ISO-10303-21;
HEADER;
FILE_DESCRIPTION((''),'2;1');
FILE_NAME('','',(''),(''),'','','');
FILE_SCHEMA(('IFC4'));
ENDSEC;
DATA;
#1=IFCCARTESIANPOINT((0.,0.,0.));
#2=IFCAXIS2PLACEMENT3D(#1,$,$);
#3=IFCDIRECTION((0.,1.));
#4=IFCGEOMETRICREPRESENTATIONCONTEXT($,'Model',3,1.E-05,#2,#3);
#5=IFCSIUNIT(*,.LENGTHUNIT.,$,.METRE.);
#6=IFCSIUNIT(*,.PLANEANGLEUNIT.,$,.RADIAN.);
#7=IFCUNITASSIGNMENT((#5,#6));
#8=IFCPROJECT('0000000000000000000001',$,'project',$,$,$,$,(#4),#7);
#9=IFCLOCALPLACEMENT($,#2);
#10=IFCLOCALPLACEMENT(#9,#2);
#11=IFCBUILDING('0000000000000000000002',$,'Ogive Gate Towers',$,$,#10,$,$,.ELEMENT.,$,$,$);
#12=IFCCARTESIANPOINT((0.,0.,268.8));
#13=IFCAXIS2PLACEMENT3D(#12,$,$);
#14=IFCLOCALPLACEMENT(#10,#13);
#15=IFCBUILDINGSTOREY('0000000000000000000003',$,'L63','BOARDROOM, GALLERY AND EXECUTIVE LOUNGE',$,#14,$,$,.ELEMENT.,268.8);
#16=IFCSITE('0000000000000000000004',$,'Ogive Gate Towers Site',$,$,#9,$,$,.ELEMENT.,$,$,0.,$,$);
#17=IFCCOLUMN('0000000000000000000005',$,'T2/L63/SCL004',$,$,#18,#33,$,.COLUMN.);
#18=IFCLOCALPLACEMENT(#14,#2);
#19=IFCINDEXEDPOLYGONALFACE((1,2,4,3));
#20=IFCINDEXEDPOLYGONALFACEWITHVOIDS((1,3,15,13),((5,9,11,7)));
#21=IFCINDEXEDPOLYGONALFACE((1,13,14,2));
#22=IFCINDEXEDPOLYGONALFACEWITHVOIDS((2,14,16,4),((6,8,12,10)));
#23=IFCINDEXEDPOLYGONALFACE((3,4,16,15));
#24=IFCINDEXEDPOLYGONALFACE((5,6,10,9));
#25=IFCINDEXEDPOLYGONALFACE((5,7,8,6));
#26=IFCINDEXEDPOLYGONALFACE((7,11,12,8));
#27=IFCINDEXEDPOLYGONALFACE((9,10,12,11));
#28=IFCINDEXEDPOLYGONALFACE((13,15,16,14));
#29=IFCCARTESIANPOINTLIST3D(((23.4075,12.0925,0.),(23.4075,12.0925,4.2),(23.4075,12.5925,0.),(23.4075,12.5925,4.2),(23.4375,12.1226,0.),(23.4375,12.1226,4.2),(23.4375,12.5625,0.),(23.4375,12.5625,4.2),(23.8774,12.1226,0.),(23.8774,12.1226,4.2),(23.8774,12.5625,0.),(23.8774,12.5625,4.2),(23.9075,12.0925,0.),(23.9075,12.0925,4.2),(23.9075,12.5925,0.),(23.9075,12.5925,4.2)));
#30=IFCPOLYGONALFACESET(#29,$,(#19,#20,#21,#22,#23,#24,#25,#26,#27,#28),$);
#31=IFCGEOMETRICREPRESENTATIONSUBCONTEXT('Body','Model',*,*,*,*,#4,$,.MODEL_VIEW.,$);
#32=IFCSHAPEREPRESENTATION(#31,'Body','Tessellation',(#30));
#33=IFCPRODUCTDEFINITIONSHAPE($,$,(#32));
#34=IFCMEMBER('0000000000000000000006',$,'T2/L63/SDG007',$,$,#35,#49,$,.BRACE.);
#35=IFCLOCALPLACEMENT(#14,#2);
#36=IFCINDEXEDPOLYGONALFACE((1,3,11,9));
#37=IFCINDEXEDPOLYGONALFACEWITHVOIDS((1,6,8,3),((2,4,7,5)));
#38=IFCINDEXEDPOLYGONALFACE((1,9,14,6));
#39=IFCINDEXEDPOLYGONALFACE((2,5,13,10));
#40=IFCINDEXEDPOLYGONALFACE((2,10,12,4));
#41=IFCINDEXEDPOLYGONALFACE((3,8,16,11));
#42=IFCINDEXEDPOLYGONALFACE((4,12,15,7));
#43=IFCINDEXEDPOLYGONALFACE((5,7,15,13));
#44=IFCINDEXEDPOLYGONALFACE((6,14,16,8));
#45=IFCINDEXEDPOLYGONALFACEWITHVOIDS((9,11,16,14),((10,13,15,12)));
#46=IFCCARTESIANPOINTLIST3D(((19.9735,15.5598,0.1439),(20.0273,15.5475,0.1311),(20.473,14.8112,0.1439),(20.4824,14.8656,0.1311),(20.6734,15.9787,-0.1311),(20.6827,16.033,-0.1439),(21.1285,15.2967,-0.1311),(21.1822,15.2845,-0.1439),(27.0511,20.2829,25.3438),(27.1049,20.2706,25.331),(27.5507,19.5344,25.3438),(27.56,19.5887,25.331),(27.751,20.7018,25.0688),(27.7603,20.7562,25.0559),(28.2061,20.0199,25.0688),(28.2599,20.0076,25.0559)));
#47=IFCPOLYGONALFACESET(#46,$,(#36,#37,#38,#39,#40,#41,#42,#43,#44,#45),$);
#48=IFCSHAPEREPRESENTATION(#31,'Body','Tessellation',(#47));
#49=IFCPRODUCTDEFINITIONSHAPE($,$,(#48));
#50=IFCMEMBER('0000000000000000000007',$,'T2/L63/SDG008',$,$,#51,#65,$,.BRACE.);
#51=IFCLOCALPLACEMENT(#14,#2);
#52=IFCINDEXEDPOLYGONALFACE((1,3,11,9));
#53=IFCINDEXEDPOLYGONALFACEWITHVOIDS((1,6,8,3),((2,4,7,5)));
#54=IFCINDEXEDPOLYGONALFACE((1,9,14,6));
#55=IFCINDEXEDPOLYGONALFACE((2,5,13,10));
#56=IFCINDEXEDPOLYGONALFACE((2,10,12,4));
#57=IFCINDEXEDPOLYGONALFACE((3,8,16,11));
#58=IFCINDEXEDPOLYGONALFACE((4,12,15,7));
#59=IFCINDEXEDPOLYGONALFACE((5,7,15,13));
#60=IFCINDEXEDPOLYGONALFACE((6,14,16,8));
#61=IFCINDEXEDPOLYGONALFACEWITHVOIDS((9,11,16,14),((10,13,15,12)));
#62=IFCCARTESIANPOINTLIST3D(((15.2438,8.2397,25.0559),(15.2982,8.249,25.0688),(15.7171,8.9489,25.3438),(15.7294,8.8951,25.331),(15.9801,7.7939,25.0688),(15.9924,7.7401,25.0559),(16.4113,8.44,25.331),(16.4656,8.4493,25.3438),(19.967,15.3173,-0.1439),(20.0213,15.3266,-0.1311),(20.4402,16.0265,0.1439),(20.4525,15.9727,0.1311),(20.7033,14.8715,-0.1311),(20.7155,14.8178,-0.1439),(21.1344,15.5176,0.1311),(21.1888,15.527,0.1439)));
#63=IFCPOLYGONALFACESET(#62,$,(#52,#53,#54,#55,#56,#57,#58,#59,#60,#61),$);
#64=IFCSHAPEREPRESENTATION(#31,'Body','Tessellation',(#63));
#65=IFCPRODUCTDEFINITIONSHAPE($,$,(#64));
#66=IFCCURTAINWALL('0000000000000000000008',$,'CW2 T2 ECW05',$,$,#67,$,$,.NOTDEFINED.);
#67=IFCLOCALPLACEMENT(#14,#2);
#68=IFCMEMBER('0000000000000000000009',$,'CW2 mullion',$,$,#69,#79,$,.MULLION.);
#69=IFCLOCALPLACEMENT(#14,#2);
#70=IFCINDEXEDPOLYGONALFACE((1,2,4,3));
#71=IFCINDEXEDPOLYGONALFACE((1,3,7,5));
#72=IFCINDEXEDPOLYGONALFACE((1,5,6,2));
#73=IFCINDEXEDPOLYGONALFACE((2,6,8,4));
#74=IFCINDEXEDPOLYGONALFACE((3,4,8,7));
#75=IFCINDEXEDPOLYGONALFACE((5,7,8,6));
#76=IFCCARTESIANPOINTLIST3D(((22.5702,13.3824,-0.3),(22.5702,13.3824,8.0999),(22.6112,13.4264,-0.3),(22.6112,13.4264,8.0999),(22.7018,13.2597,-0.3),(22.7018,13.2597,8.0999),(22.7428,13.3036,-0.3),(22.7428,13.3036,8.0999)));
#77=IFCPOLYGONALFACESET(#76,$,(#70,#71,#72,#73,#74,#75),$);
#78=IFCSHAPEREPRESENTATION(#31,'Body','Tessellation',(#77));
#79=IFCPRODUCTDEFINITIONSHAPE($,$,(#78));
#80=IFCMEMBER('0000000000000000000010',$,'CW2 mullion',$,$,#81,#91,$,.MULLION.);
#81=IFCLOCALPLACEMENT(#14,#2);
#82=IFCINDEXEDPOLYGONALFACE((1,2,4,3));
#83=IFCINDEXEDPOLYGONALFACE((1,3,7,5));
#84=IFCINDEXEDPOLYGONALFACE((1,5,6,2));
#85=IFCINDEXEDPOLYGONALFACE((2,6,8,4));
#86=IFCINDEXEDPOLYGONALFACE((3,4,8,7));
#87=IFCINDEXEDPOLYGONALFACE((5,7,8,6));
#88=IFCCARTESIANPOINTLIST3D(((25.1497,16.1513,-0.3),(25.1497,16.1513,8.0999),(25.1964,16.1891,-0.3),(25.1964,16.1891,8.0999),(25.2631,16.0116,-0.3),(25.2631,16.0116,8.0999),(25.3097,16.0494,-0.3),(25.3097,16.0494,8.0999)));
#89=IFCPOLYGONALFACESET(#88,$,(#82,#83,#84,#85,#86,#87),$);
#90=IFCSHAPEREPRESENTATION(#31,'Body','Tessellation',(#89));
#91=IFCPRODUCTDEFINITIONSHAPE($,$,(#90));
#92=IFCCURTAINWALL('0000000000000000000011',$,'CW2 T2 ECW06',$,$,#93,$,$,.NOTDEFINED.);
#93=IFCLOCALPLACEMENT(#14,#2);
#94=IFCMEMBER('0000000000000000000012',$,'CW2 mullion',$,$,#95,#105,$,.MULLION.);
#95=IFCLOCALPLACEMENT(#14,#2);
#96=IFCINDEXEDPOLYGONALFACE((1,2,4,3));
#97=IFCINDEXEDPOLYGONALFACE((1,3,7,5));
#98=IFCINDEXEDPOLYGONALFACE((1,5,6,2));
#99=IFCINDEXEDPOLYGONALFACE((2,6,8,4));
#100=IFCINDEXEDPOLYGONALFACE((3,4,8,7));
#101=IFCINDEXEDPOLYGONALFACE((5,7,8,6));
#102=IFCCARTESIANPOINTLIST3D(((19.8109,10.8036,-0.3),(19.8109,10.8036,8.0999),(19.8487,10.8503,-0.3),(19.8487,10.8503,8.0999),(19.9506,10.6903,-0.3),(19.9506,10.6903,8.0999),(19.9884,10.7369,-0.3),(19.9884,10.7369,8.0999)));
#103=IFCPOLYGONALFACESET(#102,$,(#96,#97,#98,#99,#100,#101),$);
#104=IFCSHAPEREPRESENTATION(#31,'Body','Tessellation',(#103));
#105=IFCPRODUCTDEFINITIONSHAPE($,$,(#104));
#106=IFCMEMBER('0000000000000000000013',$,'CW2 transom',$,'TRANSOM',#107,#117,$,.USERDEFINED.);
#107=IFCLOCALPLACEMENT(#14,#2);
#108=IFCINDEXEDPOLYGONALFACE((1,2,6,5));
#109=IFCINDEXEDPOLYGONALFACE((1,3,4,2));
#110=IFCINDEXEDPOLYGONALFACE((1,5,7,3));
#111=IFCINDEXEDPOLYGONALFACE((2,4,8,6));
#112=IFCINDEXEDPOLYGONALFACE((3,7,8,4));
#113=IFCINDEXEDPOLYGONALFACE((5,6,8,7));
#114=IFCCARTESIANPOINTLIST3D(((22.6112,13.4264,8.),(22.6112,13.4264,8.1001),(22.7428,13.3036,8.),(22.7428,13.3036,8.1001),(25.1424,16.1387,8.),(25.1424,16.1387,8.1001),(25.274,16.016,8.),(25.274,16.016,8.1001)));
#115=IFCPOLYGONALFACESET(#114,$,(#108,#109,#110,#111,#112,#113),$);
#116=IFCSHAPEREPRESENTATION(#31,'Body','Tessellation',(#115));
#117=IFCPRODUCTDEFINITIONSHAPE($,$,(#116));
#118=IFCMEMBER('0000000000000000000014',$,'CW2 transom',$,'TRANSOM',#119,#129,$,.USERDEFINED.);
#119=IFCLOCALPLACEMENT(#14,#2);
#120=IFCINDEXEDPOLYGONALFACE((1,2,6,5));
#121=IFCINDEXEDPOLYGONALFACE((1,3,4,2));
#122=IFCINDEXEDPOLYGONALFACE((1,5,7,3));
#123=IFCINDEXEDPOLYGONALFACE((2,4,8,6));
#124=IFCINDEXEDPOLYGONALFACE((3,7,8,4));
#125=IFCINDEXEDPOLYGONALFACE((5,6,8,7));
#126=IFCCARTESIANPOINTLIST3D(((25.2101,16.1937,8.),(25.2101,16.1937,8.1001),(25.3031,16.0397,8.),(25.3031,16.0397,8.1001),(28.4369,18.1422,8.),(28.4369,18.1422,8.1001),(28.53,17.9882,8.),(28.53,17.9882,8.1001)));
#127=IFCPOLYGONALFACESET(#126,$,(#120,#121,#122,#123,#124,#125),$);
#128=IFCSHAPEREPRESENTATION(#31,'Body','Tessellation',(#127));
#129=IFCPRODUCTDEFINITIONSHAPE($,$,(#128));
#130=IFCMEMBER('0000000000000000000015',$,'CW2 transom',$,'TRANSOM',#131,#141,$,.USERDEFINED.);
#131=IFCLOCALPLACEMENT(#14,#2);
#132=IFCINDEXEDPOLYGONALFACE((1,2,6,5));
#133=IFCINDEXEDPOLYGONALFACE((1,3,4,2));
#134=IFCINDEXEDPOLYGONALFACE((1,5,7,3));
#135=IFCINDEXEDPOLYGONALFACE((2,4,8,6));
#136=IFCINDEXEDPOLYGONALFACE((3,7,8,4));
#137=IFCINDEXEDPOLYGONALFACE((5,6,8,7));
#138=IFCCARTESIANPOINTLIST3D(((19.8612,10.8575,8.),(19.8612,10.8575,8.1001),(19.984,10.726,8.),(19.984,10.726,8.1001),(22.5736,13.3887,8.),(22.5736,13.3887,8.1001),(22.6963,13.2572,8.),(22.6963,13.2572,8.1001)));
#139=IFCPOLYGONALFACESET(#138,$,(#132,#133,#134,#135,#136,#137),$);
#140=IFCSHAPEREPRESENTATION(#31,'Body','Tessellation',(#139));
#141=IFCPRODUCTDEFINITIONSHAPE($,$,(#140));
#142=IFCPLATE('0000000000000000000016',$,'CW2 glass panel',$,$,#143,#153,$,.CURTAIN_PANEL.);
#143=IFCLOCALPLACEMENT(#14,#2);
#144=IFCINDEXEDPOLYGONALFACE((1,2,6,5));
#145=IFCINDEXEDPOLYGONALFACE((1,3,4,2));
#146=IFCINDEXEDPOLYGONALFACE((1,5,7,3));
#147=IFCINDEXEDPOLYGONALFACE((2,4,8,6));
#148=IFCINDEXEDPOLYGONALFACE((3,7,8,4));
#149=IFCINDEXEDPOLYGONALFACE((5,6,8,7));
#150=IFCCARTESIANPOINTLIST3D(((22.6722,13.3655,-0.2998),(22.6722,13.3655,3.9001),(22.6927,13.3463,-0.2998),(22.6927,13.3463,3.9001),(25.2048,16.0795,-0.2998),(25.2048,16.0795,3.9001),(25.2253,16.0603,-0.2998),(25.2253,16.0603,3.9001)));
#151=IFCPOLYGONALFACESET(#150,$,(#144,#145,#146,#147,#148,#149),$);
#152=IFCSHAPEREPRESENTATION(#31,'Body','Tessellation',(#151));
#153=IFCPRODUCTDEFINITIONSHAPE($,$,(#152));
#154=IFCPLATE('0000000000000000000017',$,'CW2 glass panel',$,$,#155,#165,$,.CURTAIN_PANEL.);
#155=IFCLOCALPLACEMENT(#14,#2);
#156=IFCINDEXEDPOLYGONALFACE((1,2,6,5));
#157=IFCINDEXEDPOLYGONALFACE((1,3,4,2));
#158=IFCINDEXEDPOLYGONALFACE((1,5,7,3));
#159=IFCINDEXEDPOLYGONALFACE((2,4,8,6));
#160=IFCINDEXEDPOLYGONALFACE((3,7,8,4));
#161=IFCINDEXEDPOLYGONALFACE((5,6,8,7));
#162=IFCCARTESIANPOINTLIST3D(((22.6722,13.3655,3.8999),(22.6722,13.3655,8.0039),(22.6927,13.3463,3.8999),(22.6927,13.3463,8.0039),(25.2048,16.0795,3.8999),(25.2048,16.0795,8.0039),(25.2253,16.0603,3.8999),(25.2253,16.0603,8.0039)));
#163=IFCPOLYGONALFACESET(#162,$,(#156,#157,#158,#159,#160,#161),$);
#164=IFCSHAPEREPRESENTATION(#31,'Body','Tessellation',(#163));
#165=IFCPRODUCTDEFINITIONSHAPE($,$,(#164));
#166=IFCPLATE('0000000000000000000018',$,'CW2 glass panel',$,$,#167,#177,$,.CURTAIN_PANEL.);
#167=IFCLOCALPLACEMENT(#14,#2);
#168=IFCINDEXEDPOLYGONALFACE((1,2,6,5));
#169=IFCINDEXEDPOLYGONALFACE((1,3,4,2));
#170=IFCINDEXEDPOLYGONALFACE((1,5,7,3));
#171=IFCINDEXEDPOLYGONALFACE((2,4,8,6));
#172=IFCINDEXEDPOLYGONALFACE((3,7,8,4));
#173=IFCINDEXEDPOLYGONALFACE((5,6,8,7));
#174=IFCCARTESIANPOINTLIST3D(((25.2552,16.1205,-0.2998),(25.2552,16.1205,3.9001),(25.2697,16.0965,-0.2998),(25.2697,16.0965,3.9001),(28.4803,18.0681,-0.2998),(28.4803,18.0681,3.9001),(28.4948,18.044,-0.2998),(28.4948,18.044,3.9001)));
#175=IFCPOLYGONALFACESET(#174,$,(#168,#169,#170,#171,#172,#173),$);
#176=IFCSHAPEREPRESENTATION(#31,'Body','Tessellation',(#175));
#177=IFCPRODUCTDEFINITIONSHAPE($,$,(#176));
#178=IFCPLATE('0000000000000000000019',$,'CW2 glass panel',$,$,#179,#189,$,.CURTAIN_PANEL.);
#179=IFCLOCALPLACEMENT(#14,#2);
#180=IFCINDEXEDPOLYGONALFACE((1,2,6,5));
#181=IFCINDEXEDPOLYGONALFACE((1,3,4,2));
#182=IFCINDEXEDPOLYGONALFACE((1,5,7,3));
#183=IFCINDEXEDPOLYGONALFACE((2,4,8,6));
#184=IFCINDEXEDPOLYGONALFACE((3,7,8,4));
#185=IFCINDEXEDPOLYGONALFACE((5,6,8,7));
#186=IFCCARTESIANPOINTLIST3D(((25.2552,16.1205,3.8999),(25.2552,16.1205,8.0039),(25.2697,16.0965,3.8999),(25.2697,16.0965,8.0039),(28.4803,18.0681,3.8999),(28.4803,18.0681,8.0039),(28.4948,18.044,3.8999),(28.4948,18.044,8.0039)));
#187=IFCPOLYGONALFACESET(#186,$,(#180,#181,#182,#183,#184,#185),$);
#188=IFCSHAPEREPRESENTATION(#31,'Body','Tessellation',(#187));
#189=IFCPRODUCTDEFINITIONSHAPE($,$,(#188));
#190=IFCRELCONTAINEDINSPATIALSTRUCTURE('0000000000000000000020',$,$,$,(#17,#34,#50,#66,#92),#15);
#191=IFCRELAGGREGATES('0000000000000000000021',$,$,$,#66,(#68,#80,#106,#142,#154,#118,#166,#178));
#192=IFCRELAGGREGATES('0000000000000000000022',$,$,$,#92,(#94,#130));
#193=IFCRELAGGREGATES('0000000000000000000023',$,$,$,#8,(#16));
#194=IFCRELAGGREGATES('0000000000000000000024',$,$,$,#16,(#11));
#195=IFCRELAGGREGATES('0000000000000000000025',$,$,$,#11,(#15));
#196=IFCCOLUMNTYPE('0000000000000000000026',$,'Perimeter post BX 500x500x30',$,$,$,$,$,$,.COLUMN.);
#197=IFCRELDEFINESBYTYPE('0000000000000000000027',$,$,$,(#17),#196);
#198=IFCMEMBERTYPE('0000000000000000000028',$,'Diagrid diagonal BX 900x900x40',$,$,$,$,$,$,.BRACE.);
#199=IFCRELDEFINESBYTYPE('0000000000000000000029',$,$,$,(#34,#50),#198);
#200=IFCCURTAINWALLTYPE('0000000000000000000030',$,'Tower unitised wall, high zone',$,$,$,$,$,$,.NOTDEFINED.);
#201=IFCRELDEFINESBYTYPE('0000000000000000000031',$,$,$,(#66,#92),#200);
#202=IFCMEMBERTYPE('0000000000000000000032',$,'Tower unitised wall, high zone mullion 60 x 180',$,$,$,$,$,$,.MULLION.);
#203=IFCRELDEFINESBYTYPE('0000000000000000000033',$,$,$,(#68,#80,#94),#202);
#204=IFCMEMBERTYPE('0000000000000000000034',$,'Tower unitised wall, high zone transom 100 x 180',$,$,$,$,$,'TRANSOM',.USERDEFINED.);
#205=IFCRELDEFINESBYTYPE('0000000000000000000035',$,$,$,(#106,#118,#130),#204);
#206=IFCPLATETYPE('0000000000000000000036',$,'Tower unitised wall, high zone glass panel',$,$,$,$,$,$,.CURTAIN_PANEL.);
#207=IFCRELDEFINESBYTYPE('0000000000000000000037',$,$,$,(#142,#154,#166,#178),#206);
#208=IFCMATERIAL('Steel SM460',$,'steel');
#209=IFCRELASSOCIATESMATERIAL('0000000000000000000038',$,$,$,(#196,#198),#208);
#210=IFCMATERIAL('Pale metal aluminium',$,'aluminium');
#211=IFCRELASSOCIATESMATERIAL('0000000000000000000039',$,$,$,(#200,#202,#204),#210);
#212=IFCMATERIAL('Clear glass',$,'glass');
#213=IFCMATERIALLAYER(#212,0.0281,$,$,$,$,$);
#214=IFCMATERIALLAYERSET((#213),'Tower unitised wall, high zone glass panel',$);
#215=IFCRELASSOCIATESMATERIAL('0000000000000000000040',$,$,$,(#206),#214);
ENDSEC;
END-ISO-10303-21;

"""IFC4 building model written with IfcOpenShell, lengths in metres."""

from ifc_helpers import new_model, si_unit, direction, frame, origin, origin_2d, place, context, subcontext, project, spatial, rectangle, hollow_rectangle, extrude, material, layer, layer_set, material_profile, profile_set, type_object, element, aggregate, save


model = new_model("IFC4")

# Units and contexts
model_context = context("Model", 3, precision=1e-05, world=origin(), true_north=direction((0.0, 1.0)))
body_context = subcontext(model_context, "Body", "Model", "MODEL_VIEW")
ifc_project = project(units=[si_unit("LENGTHUNIT", "METRE"), si_unit("PLANEANGLEUNIT", "RADIAN")], contexts=[model_context])

# Site, building, storey
site_placement = place(None, origin())
site = spatial("IfcSite", under=ifc_project, at=site_placement, Name="Ogive Gate Towers Site", CompositionType="ELEMENT", RefElevation=0.0)
building_placement = place(site_placement, origin())
building = spatial("IfcBuilding", under=site, at=building_placement, Name="Ogive Gate Towers", CompositionType="ELEMENT")
storey_placement = place(building_placement, frame((0.0, 0.0, 268.8)))
storey = spatial("IfcBuildingStorey", under=building, at=storey_placement, Name="L63", Description="BOARDROOM, GALLERY AND EXECUTIVE LOUNGE", CompositionType="ELEMENT", Elevation=268.8)

# Column
ifc_material_1 = material(Name="Steel SM460", Category="steel")
ifc_material_profile_1 = material_profile(ifc_material_1, hollow_rectangle(XDim=0.5, YDim=0.5, WallThickness=0.03, at=origin_2d()), Name="BX 500x500x30")
ifc_profile_set_1 = profile_set([ifc_material_profile_1], Name="Steel SM460")
column_type = type_object("IfcColumnType", Name="Perimeter post BX 500x500x30", PredefinedType="COLUMN", material=ifc_profile_set_1)
column_placement = place(storey_placement, frame((23.6575, 12.3425, 0.0), z_axis=(0.0, 0.0, 1.0), x_axis=(1.0, 0.0, 0.0)))
element("IfcColumn", 1, at=column_placement, inside=storey, type_object=column_type, Name="T2/L63/SCL004", PredefinedType="COLUMN", context=body_context, shape_type="SweptSolid", body=[
    extrude(hollow_rectangle(XDim=0.5, YDim=0.5, WallThickness=0.03, at=origin_2d()), origin(), (0.0, 0.0, 1.0), 4.2),
])

# Members
ifc_material_profile_2 = material_profile(ifc_material_1, hollow_rectangle(XDim=0.8999, YDim=0.8999, WallThickness=0.04, at=origin_2d()), Name="BX 900x900x40")
ifc_profile_set_2 = profile_set([ifc_material_profile_2], Name="Steel SM460")
member_type_1 = type_object("IfcMemberType", Name="Diagrid diagonal BX 900x900x40", PredefinedType="BRACE", material=ifc_profile_set_2)
for number, where, z_axis, x_axis, name in (
    (2, (20.5779, 15.4221, 0.0), (0.266099, 0.177577, 0.947448), (-0.555084, 0.831794, 0.0), "T2/L63/SDG007"),
    (3, (20.5779, 15.4221, 0.0), (-0.177577, -0.266099, 0.947448), (0.831794, -0.555084, 0.0), "T2/L63/SDG008"),
):
    element("IfcMember", number, at=place(storey_placement, frame(where, z_axis=z_axis, x_axis=x_axis)), inside=storey, type_object=member_type_1, Name=name, PredefinedType="BRACE", context=body_context, shape_type="SweptSolid", body=[
        extrude(hollow_rectangle(XDim=0.8999, YDim=0.8999, WallThickness=0.04, at=origin_2d()), origin(), (0.0, 0.0, 1.0), 26.5977),
    ])

# Curtain wall, members
ifc_material_2 = material(Name="Pale metal aluminium", Category="aluminium")
curtain_wall_type = type_object("IfcCurtainWallType", Name="Tower unitised wall, high zone", PredefinedType="NOTDEFINED", material=ifc_material_2)
curtain_wall_1_placement = place(storey_placement, origin())
curtain_wall_1 = element("IfcCurtainWall", 4, at=curtain_wall_1_placement, inside=storey, type_object=curtain_wall_type, Name="CW2 T2 ECW05", PredefinedType="NOTDEFINED")
ifc_material_profile_3 = material_profile(ifc_material_2, rectangle(XDim=0.1799, YDim=0.0601, at=origin_2d()), Name="60 x 180 aluminium box")
ifc_profile_set_3 = profile_set([ifc_material_profile_3], Name="Pale metal aluminium")
member_type_2 = type_object("IfcMemberType", Name="Tower unitised wall, high zone mullion 60 x 180", PredefinedType="MULLION", material=ifc_profile_set_3)
member_1_placement = place(storey_placement, frame((22.6565, 13.343, -0.3), z_axis=(0.0, 0.0, 1.0), x_axis=(0.731116, -0.682254, 0.0)))
member_1 = element("IfcMember", 5, at=member_1_placement, type_object=member_type_2, Name="CW2 mullion", PredefinedType="MULLION", context=body_context, shape_type="SweptSolid", body=[
    extrude(rectangle(XDim=0.1799, YDim=0.0601, at=origin_2d()), origin(), (0.0, 0.0, 1.0), 8.3999),
])
member_2_placement = place(storey_placement, frame((25.2297, 16.1003, -0.3), z_axis=(0.0, 0.0, 1.0), x_axis=(0.630039, -0.776563, 0.0)))
member_2 = element("IfcMember", 6, at=member_2_placement, type_object=member_type_2, Name="CW2 mullion", PredefinedType="MULLION", context=body_context, shape_type="SweptSolid", body=[
    extrude(rectangle(XDim=0.1799, YDim=0.0601, at=origin_2d()), origin(), (0.0, 0.0, 1.0), 8.3999),
])

# Curtain wall, member
curtain_wall_2_placement = place(storey_placement, origin())
curtain_wall_2 = element("IfcCurtainWall", 7, at=curtain_wall_2_placement, inside=storey, type_object=curtain_wall_type, Name="CW2 T2 ECW06", PredefinedType="NOTDEFINED")
member_3_placement = place(storey_placement, frame((19.8997, 10.7703, -0.3), z_axis=(0.0, 0.0, 1.0), x_axis=(0.776563, -0.630039, 0.0)))
member_3 = element("IfcMember", 8, at=member_3_placement, type_object=member_type_2, Name="CW2 mullion", PredefinedType="MULLION", context=body_context, shape_type="SweptSolid", body=[
    extrude(rectangle(XDim=0.1799, YDim=0.0601, at=origin_2d()), origin(), (0.0, 0.0, 1.0), 8.3999),
])

# Members
ifc_material_profile_4 = material_profile(ifc_material_2, rectangle(XDim=0.1799, YDim=0.1001, at=origin_2d()), Name="100 x 180 aluminium box")
ifc_profile_set_4 = profile_set([ifc_material_profile_4], Name="Pale metal aluminium")
member_type_3 = type_object("IfcMemberType", Name="Tower unitised wall, high zone transom 100 x 180", ElementType="TRANSOM", PredefinedType="USERDEFINED", material=ifc_profile_set_4)
member_4_placement = place(storey_placement, frame((22.677, 13.365, 8.05), z_axis=(0.682271, 0.731099, 0.0), x_axis=(-0.731099, 0.682271, 0.0)))
member_4 = element("IfcMember", 9, at=member_4_placement, type_object=member_type_3, Name="CW2 transom", ObjectType="TRANSOM", PredefinedType="USERDEFINED", context=body_context, shape_type="SweptSolid", body=[
    extrude(rectangle(XDim=0.1799, YDim=0.1001, at=origin_2d()), origin(), (0.0, 0.0, 1.0), 3.71),
])
member_5_placement = place(storey_placement, frame((25.2566, 16.1167, 8.05), z_axis=(0.856038, 0.516913, 0.0), x_axis=(-0.516913, 0.856038, 0.0)))
member_5 = element("IfcMember", 10, at=member_5_placement, type_object=member_type_3, Name="CW2 transom", ObjectType="TRANSOM", PredefinedType="USERDEFINED", context=body_context, shape_type="SweptSolid", body=[
    extrude(rectangle(XDim=0.1799, YDim=0.1001, at=origin_2d()), origin(), (0.0, 0.0, 1.0), 3.7695),
])
member_6_placement = place(storey_placement, frame((19.9226, 10.7917, 8.05), z_axis=(0.731099, 0.682271, 0.0), x_axis=(-0.682271, 0.731099, 0.0)))
member_6 = element("IfcMember", 11, at=member_6_placement, type_object=member_type_3, Name="CW2 transom", ObjectType="TRANSOM", PredefinedType="USERDEFINED", context=body_context, shape_type="SweptSolid", body=[
    extrude(rectangle(XDim=0.1799, YDim=0.1001, at=origin_2d()), origin(), (0.0, 0.0, 1.0), 3.71),
])

# Plates
ifc_material_3 = material(Name="Clear glass", Category="glass")
ifc_layer_1 = layer(ifc_material_3, 0.0281)
ifc_layer_set_1 = layer_set([ifc_layer_1], Name="Tower unitised wall, high zone glass panel")
plate_type = type_object("IfcPlateType", Name="Tower unitised wall, high zone glass panel", PredefinedType="CURTAIN_PANEL", material=ifc_layer_set_1)
plate_1_placement = place(storey_placement, frame((23.9487, 14.7129, -0.2998), z_axis=(0.0, 0.0, 1.0), x_axis=(0.682254, 0.731116, 0.0)))
plate_1 = element("IfcPlate", 12, at=plate_1_placement, type_object=plate_type, Name="CW2 glass panel", PredefinedType="CURTAIN_PANEL", context=body_context, shape_type="SweptSolid", body=[
    extrude(rectangle(XDim=3.7122, YDim=0.0281, at=origin_2d()), origin(), (0.0, 0.0, 1.0), 4.2),
])
plate_2_placement = place(storey_placement, frame((23.9487, 14.7129, 3.8999), z_axis=(0.0, 0.0, 1.0), x_axis=(0.682254, 0.731116, 0.0)))
plate_2 = element("IfcPlate", 13, at=plate_2_placement, type_object=plate_type, Name="CW2 glass panel", PredefinedType="CURTAIN_PANEL", context=body_context, shape_type="SweptSolid", body=[
    extrude(rectangle(XDim=3.7122, YDim=0.0281, at=origin_2d()), origin(), (0.0, 0.0, 1.0), 4.104),
])
plate_3_placement = place(storey_placement, frame((26.875, 17.0823, -0.2998), z_axis=(0.0, 0.0, 1.0), x_axis=(0.856033, 0.516922, 0.0)))
plate_3 = element("IfcPlate", 14, at=plate_3_placement, type_object=plate_type, Name="CW2 glass panel", PredefinedType="CURTAIN_PANEL", context=body_context, shape_type="SweptSolid", body=[
    extrude(rectangle(XDim=3.7676, YDim=0.0281, at=origin_2d()), origin(), (0.0, 0.0, 1.0), 4.2),
])
plate_4_placement = place(storey_placement, frame((26.875, 17.0823, 3.8999), z_axis=(0.0, 0.0, 1.0), x_axis=(0.856033, 0.516922, 0.0)))
plate_4 = element("IfcPlate", 15, at=plate_4_placement, type_object=plate_type, Name="CW2 glass panel", PredefinedType="CURTAIN_PANEL", context=body_context, shape_type="SweptSolid", body=[
    extrude(rectangle(XDim=3.7676, YDim=0.0281, at=origin_2d()), origin(), (0.0, 0.0, 1.0), 4.104),
])
aggregate(curtain_wall_1, [member_1, member_2, member_4, plate_1, plate_2, member_5, plate_3, plate_4])
aggregate(curtain_wall_2, [member_3, member_6])

save(model, "model.ifc")
